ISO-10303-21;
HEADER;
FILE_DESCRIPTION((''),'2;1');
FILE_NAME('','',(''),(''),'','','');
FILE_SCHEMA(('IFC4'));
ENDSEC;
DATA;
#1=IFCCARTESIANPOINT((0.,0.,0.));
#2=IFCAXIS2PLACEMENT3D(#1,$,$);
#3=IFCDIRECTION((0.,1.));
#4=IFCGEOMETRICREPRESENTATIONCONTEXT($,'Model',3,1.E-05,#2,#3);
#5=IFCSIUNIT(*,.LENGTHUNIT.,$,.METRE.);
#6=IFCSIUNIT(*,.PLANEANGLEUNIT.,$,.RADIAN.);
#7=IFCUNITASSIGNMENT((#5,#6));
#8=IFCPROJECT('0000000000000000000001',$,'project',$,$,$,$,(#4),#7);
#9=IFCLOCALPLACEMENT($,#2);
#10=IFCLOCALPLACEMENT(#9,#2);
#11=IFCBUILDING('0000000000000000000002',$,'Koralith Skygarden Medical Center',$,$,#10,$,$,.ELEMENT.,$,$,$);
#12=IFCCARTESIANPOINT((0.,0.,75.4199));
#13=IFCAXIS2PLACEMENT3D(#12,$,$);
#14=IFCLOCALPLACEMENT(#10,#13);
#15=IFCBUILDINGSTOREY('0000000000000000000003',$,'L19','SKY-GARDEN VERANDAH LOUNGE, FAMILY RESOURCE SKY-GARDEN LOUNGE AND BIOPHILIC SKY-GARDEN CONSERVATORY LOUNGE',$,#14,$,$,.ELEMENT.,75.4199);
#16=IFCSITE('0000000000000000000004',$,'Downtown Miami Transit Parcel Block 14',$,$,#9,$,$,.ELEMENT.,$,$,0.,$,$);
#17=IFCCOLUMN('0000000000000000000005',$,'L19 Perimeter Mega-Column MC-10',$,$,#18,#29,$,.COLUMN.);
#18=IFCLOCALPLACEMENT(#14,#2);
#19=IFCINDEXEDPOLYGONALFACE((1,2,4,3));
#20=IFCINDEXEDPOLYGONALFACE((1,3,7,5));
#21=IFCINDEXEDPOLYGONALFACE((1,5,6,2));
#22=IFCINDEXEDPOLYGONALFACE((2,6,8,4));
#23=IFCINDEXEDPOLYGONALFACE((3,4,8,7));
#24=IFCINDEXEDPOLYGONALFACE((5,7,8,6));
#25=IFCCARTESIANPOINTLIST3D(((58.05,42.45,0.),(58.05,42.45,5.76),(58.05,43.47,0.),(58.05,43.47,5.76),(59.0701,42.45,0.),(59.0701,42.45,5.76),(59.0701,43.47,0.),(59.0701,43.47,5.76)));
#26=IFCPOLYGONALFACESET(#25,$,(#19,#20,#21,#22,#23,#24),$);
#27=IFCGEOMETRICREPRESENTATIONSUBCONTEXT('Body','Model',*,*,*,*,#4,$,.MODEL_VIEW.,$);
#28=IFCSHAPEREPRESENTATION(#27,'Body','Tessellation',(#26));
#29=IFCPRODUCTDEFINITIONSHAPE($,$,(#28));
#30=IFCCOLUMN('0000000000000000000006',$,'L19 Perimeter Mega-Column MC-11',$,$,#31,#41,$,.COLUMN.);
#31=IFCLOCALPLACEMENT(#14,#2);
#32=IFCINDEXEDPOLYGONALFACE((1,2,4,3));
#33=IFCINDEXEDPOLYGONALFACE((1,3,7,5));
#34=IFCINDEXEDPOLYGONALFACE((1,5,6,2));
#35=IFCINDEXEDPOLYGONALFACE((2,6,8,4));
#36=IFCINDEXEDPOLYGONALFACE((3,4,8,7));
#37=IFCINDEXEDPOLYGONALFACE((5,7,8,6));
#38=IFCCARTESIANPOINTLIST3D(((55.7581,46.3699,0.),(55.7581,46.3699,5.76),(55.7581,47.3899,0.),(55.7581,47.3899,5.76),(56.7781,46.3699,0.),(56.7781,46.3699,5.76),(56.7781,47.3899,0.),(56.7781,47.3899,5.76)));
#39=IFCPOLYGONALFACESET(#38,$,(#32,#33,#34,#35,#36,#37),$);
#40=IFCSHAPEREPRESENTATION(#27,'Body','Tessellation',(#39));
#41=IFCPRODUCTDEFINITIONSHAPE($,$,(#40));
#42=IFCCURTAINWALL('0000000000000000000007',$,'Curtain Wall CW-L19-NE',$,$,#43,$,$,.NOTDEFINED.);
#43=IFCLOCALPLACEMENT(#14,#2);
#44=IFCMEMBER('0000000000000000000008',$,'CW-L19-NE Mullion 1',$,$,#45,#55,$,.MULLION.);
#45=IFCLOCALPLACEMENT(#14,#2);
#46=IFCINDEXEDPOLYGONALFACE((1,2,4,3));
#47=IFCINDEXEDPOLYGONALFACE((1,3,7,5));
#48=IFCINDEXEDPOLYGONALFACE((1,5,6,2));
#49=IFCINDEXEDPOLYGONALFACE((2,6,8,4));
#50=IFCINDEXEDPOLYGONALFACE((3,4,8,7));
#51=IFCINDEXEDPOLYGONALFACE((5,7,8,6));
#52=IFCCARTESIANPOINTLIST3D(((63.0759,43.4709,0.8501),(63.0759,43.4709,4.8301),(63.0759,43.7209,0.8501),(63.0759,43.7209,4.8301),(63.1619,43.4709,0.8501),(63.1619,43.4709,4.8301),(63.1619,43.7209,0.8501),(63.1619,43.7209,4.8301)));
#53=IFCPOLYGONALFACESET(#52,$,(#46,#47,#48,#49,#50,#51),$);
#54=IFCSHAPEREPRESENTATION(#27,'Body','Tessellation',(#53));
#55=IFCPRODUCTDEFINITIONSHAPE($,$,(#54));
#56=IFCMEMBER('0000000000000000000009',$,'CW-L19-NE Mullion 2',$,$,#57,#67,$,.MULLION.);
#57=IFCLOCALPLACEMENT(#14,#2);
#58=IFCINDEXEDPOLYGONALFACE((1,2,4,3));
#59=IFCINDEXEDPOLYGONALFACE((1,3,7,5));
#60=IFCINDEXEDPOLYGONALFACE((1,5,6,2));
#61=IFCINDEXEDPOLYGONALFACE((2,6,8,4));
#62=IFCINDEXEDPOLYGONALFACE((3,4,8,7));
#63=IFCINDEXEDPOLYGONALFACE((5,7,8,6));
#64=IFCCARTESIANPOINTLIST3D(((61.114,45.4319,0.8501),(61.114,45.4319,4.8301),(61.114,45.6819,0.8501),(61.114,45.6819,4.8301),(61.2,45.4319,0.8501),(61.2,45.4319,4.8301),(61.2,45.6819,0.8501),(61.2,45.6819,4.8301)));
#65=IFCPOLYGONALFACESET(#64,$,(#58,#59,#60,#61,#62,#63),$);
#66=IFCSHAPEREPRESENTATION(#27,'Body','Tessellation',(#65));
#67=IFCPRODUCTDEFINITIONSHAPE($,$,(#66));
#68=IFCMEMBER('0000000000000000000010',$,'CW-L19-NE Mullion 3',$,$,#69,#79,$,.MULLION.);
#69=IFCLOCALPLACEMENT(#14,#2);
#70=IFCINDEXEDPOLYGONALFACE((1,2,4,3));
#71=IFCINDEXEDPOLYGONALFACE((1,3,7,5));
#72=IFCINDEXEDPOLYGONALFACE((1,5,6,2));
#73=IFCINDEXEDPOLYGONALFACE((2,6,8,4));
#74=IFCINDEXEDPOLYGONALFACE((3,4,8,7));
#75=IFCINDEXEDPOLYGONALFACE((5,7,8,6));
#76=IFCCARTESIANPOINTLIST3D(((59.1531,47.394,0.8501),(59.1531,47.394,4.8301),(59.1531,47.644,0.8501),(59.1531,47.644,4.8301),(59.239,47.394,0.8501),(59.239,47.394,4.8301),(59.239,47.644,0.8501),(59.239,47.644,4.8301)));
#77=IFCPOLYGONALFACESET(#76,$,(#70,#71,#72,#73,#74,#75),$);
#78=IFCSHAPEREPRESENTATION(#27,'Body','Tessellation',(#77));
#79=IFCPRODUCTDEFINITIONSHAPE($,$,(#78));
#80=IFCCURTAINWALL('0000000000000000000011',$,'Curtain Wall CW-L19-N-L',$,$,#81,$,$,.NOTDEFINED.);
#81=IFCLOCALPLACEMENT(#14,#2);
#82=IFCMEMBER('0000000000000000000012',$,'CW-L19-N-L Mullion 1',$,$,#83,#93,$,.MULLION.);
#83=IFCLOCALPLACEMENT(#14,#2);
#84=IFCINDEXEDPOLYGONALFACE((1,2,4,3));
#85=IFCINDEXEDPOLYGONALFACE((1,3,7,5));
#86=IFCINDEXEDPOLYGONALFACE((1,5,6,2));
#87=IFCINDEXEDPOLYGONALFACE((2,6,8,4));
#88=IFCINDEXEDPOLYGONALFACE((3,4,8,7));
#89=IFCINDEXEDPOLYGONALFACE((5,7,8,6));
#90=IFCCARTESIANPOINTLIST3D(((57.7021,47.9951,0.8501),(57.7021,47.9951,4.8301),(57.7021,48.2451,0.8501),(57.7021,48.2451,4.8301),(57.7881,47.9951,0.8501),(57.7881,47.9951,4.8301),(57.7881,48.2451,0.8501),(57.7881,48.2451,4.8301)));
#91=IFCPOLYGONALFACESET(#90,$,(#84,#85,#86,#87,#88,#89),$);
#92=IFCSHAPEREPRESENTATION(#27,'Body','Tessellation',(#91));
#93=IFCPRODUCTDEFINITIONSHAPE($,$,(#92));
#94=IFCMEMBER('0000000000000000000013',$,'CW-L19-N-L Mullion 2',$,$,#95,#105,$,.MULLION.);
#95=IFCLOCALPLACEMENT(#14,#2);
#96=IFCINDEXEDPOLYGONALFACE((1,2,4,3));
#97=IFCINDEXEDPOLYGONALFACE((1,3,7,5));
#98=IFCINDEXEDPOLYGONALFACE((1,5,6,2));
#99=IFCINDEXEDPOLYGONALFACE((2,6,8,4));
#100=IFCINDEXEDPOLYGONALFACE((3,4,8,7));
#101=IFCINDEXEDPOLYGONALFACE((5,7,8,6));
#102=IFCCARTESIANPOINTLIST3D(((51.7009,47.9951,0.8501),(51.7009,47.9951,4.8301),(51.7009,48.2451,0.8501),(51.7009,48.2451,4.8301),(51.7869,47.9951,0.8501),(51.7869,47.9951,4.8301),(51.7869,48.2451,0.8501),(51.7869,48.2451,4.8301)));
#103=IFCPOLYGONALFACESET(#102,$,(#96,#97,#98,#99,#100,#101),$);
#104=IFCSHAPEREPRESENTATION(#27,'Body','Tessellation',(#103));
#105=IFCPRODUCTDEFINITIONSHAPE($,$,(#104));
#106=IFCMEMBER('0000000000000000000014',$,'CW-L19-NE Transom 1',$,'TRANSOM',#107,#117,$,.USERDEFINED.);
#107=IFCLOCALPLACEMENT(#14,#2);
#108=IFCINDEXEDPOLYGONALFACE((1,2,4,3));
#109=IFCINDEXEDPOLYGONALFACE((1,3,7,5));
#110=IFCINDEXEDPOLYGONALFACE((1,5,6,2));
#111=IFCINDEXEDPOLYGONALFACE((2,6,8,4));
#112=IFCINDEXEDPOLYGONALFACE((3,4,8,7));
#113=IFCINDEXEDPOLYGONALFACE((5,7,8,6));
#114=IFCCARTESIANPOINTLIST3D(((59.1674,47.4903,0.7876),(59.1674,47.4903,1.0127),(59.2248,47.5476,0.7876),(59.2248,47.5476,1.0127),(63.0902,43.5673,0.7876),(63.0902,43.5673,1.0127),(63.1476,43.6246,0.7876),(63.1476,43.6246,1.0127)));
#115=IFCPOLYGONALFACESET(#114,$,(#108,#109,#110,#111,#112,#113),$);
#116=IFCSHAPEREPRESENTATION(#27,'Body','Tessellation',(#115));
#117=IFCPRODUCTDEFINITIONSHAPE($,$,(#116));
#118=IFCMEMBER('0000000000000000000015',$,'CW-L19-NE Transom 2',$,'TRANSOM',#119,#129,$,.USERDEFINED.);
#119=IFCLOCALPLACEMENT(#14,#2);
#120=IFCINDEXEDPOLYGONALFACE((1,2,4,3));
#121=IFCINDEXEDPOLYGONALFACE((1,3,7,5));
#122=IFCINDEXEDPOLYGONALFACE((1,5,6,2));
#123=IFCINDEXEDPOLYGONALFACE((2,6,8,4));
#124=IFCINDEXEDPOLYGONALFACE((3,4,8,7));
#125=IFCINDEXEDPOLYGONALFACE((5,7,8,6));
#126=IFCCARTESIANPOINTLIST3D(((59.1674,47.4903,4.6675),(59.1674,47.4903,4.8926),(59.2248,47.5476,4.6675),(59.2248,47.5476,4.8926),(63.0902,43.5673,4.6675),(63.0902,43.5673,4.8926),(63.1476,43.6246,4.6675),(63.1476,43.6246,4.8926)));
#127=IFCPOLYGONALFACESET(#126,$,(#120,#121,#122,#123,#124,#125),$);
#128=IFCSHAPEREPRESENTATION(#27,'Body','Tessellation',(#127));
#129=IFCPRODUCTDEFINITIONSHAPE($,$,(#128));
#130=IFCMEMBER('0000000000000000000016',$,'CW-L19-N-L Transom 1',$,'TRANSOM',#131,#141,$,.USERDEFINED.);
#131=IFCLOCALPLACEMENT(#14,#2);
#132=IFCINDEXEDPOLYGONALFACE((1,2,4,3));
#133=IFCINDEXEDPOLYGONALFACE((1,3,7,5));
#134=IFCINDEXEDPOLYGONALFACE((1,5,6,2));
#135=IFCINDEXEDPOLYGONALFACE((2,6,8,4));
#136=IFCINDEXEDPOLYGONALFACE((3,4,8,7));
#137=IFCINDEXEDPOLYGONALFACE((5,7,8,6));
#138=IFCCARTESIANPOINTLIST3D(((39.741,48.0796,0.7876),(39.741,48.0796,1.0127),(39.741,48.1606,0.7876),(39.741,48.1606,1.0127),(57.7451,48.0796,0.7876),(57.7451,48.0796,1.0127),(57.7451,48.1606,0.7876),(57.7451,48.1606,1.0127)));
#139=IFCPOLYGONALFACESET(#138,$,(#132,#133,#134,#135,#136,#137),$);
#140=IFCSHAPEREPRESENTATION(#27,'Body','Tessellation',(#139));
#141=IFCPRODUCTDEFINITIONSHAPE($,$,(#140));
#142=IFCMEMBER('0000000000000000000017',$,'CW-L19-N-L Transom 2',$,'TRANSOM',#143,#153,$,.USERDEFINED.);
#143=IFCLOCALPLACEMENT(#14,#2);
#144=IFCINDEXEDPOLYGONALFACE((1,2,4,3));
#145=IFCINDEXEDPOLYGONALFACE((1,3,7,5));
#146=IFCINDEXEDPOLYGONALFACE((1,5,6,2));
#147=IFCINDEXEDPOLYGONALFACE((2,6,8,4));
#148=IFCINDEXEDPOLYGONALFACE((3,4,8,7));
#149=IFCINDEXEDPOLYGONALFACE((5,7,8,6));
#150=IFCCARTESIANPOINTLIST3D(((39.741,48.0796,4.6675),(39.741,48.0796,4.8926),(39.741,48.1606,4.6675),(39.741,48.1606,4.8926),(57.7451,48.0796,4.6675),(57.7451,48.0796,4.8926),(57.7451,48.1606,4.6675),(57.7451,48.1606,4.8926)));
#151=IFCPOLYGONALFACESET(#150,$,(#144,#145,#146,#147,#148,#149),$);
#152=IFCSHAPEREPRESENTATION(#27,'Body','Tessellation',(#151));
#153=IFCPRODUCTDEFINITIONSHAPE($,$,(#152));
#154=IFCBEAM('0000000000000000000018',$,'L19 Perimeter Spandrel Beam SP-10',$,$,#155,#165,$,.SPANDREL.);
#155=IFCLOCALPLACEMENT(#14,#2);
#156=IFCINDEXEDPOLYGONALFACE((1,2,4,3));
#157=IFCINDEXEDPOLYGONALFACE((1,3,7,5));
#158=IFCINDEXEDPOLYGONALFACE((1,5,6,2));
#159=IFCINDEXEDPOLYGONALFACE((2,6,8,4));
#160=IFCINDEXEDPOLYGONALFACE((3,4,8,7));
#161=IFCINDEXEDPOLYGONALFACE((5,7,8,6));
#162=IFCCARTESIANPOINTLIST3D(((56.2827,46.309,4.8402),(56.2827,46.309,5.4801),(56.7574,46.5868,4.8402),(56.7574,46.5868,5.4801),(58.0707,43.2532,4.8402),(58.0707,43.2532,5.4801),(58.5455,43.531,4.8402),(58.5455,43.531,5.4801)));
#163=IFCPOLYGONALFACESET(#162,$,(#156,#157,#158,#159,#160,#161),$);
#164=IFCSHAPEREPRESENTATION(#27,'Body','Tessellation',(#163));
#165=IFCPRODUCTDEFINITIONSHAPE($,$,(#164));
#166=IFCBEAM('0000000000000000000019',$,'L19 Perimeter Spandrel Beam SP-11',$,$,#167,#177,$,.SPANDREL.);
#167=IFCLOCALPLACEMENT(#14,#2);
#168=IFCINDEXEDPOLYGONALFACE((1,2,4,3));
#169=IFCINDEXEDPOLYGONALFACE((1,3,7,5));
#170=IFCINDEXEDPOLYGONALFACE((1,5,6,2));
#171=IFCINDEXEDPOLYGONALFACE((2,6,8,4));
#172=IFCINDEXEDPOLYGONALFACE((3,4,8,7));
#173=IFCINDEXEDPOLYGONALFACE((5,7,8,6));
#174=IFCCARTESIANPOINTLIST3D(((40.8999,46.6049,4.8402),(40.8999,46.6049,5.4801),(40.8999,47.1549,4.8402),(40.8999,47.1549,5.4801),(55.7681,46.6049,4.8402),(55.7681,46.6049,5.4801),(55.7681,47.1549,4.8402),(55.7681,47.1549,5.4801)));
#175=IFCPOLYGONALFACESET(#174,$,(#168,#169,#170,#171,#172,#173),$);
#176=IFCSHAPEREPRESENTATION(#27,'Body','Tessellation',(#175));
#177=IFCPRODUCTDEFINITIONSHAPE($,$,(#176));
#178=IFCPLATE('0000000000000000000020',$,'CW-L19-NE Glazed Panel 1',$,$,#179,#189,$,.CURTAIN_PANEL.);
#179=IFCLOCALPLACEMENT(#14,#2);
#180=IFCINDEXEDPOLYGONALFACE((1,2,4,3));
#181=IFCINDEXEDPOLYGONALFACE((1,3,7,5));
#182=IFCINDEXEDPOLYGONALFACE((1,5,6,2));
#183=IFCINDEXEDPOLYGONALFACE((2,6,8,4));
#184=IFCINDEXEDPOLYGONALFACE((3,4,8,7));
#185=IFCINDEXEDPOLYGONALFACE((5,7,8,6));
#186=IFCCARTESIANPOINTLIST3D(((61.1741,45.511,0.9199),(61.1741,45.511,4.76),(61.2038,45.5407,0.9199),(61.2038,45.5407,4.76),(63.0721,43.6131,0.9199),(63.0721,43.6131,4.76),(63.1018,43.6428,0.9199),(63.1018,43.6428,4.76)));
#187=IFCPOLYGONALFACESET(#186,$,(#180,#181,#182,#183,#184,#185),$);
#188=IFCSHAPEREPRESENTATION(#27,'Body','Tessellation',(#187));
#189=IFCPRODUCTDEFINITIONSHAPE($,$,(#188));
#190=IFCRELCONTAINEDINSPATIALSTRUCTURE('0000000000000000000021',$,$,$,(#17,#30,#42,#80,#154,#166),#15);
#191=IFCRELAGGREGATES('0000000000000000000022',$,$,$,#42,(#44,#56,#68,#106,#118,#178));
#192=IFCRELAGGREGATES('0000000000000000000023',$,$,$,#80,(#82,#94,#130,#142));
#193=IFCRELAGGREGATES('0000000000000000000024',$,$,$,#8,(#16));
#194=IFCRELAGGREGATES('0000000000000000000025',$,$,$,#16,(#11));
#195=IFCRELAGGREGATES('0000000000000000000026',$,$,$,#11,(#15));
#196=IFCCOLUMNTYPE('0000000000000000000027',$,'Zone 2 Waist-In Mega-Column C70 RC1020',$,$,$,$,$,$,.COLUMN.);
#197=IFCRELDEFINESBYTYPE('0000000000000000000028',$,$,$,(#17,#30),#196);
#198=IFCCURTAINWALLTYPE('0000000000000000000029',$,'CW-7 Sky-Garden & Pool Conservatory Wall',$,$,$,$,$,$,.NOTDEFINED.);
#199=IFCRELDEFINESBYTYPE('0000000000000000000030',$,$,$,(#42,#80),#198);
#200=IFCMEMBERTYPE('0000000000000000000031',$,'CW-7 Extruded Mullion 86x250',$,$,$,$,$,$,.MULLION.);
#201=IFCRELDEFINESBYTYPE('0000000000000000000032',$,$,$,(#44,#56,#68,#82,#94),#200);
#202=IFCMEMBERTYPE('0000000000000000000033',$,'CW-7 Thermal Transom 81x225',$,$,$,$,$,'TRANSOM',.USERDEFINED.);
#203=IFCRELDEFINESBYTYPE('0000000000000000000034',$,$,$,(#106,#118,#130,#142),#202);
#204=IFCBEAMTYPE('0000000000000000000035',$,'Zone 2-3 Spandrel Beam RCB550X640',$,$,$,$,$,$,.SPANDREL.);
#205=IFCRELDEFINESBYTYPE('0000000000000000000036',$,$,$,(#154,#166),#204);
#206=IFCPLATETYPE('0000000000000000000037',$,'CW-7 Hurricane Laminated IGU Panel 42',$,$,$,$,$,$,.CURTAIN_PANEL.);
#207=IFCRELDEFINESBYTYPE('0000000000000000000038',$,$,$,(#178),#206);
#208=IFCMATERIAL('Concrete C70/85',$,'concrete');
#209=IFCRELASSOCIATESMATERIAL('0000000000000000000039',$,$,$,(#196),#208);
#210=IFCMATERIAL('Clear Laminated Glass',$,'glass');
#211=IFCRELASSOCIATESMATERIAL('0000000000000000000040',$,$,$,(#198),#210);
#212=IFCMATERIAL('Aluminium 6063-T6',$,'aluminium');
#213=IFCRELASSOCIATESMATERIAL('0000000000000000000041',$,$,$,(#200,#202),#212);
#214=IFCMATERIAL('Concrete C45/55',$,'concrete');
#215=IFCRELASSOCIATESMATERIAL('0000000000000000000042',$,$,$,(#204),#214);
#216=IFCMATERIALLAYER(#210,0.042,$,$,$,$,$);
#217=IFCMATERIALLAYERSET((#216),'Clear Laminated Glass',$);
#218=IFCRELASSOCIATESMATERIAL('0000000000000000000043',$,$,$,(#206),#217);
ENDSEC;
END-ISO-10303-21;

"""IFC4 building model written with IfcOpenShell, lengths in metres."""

from ifc_helpers import new_model, si_unit, direction, frame, origin, origin_2d, place, context, subcontext, project, spatial, rectangle, extrude, material, layer, layer_set, material_profile, profile_set, type_object, element, aggregate, save


model = new_model("IFC4")

# Units and contexts
model_context = context("Model", 3, precision=1e-05, world=origin(), true_north=direction((0.0, 1.0)))
body_context = subcontext(model_context, "Body", "Model", "MODEL_VIEW")
ifc_project = project(units=[si_unit("LENGTHUNIT", "METRE"), si_unit("PLANEANGLEUNIT", "RADIAN")], contexts=[model_context])

# Site, building, storey
site_placement = place(None, origin())
site = spatial("IfcSite", under=ifc_project, at=site_placement, Name="Downtown Miami Transit Parcel Block 14", CompositionType="ELEMENT", RefElevation=0.0)
building_placement = place(site_placement, origin())
building = spatial("IfcBuilding", under=site, at=building_placement, Name="Koralith Skygarden Medical Center", CompositionType="ELEMENT")
storey_placement = place(building_placement, frame((0.0, 0.0, 75.4199)))
storey = spatial("IfcBuildingStorey", under=building, at=storey_placement, Name="L19", Description="SKY-GARDEN VERANDAH LOUNGE, FAMILY RESOURCE SKY-GARDEN LOUNGE AND BIOPHILIC SKY-GARDEN CONSERVATORY LOUNGE", CompositionType="ELEMENT", Elevation=75.4199)

# Columns
ifc_material_1 = material(Name="Concrete C70/85", Category="concrete")
ifc_material_profile_1 = material_profile(ifc_material_1, rectangle(XDim=1.02, YDim=1.02, at=origin_2d()), Name="RC1020X1020")
ifc_profile_set_1 = profile_set([ifc_material_profile_1], Name="Concrete C70/85")
column_type = type_object("IfcColumnType", Name="Zone 2 Waist-In Mega-Column C70 RC1020", PredefinedType="COLUMN", material=ifc_profile_set_1)
for number, where, z_axis, x_axis, name in (
    (1, (58.5601, 42.96, 0.0), (0.0, 0.0, 1.0), (1.0, 0.0, 0.0), "L19 Perimeter Mega-Column MC-10"),
    (2, (56.2681, 46.8799, 0.0), (0.0, 0.0, 1.0), (1.0, 0.0, 0.0), "L19 Perimeter Mega-Column MC-11"),
):
    element("IfcColumn", number, at=place(storey_placement, frame(where, z_axis=z_axis, x_axis=x_axis)), inside=storey, type_object=column_type, Name=name, PredefinedType="COLUMN", context=body_context, shape_type="SweptSolid", body=[
        extrude(rectangle(XDim=1.02, YDim=1.02, at=origin_2d()), origin(), (0.0, 0.0, 1.0), 5.76),
    ])

# Curtain walls, members
ifc_material_2 = material(Name="Clear Laminated Glass", Category="glass")
curtain_wall_type = type_object("IfcCurtainWallType", Name="CW-7 Sky-Garden & Pool Conservatory Wall", PredefinedType="NOTDEFINED", material=ifc_material_2)
curtain_wall_1_placement = place(storey_placement, origin())
curtain_wall_1 = element("IfcCurtainWall", 3, at=curtain_wall_1_placement, inside=storey, type_object=curtain_wall_type, Name="Curtain Wall CW-L19-NE", PredefinedType="NOTDEFINED")
ifc_material_3 = material(Name="Aluminium 6063-T6", Category="aluminium")
ifc_material_profile_2 = material_profile(ifc_material_3, rectangle(XDim=0.0859, YDim=0.25, at=origin_2d()), Name="MUL86X250")
ifc_profile_set_2 = profile_set([ifc_material_profile_2], Name="Aluminium 6063-T6")
member_type_1 = type_object("IfcMemberType", Name="CW-7 Extruded Mullion 86x250", PredefinedType="MULLION", material=ifc_profile_set_2)
member_1_placement = place(storey_placement, frame((63.1189, 43.5959, 0.8501), z_axis=(0.0, 0.0, 1.0), x_axis=(1.0, 0.0, 0.0)))
member_1 = element("IfcMember", 4, at=member_1_placement, type_object=member_type_1, Name="CW-L19-NE Mullion 1", PredefinedType="MULLION", context=body_context, shape_type="SweptSolid", body=[
    extrude(rectangle(XDim=0.0859, YDim=0.25, at=origin_2d()), origin(), (0.0, 0.0, 1.0), 3.98),
])
member_2_placement = place(storey_placement, frame((61.157, 45.5569, 0.8501), z_axis=(0.0, 0.0, 1.0), x_axis=(1.0, 0.0, 0.0)))
member_2 = element("IfcMember", 5, at=member_2_placement, type_object=member_type_1, Name="CW-L19-NE Mullion 2", PredefinedType="MULLION", context=body_context, shape_type="SweptSolid", body=[
    extrude(rectangle(XDim=0.0859, YDim=0.25, at=origin_2d()), origin(), (0.0, 0.0, 1.0), 3.98),
])
member_3_placement = place(storey_placement, frame((59.196, 47.519, 0.8501), z_axis=(0.0, 0.0, 1.0), x_axis=(1.0, 0.0, 0.0)))
member_3 = element("IfcMember", 6, at=member_3_placement, type_object=member_type_1, Name="CW-L19-NE Mullion 3", PredefinedType="MULLION", context=body_context, shape_type="SweptSolid", body=[
    extrude(rectangle(XDim=0.0859, YDim=0.25, at=origin_2d()), origin(), (0.0, 0.0, 1.0), 3.98),
])
curtain_wall_2_placement = place(storey_placement, origin())
curtain_wall_2 = element("IfcCurtainWall", 7, at=curtain_wall_2_placement, inside=storey, type_object=curtain_wall_type, Name="Curtain Wall CW-L19-N-L", PredefinedType="NOTDEFINED")
member_4_placement = place(storey_placement, frame((57.7451, 48.1201, 0.8501), z_axis=(0.0, 0.0, 1.0), x_axis=(1.0, 0.0, 0.0)))
member_4 = element("IfcMember", 8, at=member_4_placement, type_object=member_type_1, Name="CW-L19-N-L Mullion 1", PredefinedType="MULLION", context=body_context, shape_type="SweptSolid", body=[
    extrude(rectangle(XDim=0.0859, YDim=0.25, at=origin_2d()), origin(), (0.0, 0.0, 1.0), 3.98),
])
member_5_placement = place(storey_placement, frame((51.7439, 48.1201, 0.8501), z_axis=(0.0, 0.0, 1.0), x_axis=(1.0, 0.0, 0.0)))
member_5 = element("IfcMember", 9, at=member_5_placement, type_object=member_type_1, Name="CW-L19-N-L Mullion 2", PredefinedType="MULLION", context=body_context, shape_type="SweptSolid", body=[
    extrude(rectangle(XDim=0.0859, YDim=0.25, at=origin_2d()), origin(), (0.0, 0.0, 1.0), 3.98),
])

# Members
ifc_material_profile_3 = material_profile(ifc_material_3, rectangle(XDim=0.0811, YDim=0.2251, at=origin_2d()), Name="TRN81X225")
ifc_profile_set_3 = profile_set([ifc_material_profile_3], Name="Aluminium 6063-T6")
member_type_2 = type_object("IfcMemberType", Name="CW-7 Thermal Transom 81x225", ElementType="TRANSOM", PredefinedType="USERDEFINED", material=ifc_profile_set_3)
member_6_placement = place(storey_placement, frame((63.1189, 43.5959, 0.9001), z_axis=(-0.707085, 0.707129, 0.0), x_axis=(-0.707129, -0.707085, 0.0)))
member_6 = element("IfcMember", 10, at=member_6_placement, type_object=member_type_2, Name="CW-L19-NE Transom 1", ObjectType="TRANSOM", PredefinedType="USERDEFINED", context=body_context, shape_type="SweptSolid", body=[
    extrude(rectangle(XDim=0.0811, YDim=0.2251, at=origin_2d()), origin(), (0.0, 0.0, 1.0), 5.5479),
])
member_7_placement = place(storey_placement, frame((63.1189, 43.5959, 4.78), z_axis=(-0.707085, 0.707129, 0.0), x_axis=(-0.707129, -0.707085, 0.0)))
member_7 = element("IfcMember", 11, at=member_7_placement, type_object=member_type_2, Name="CW-L19-NE Transom 2", ObjectType="TRANSOM", PredefinedType="USERDEFINED", context=body_context, shape_type="SweptSolid", body=[
    extrude(rectangle(XDim=0.0811, YDim=0.2251, at=origin_2d()), origin(), (0.0, 0.0, 1.0), 5.5479),
])
member_8_placement = place(storey_placement, frame((57.7451, 48.1201, 0.9001), z_axis=(-1.0, 0.0, 0.0), x_axis=(0.0, -1.0, 0.0)))
member_8 = element("IfcMember", 12, at=member_8_placement, type_object=member_type_2, Name="CW-L19-N-L Transom 1", ObjectType="TRANSOM", PredefinedType="USERDEFINED", context=body_context, shape_type="SweptSolid", body=[
    extrude(rectangle(XDim=0.0811, YDim=0.2251, at=origin_2d()), origin(), (0.0, 0.0, 1.0), 18.0042),
])
member_9_placement = place(storey_placement, frame((57.7451, 48.1201, 4.78), z_axis=(-1.0, 0.0, 0.0), x_axis=(0.0, -1.0, 0.0)))
member_9 = element("IfcMember", 13, at=member_9_placement, type_object=member_type_2, Name="CW-L19-N-L Transom 2", ObjectType="TRANSOM", PredefinedType="USERDEFINED", context=body_context, shape_type="SweptSolid", body=[
    extrude(rectangle(XDim=0.0811, YDim=0.2251, at=origin_2d()), origin(), (0.0, 0.0, 1.0), 18.0042),
])

# Beams
ifc_material_4 = material(Name="Concrete C45/55", Category="concrete")
ifc_material_profile_4 = material_profile(ifc_material_4, rectangle(XDim=0.55, YDim=0.6399, at=origin_2d()), Name="RCB550X640")
ifc_profile_set_4 = profile_set([ifc_material_profile_4], Name="Concrete C45/55")
beam_type = type_object("IfcBeamType", Name="Zone 2-3 Spandrel Beam RCB550X640", PredefinedType="SPANDREL", material=ifc_profile_set_4)
beam_1_placement = place(storey_placement, frame((58.3081, 43.3921, 5.1602), z_axis=(-0.505024, 0.863105, 0.0), x_axis=(-0.863105, -0.505024, 0.0)))
element("IfcBeam", 14, at=beam_1_placement, inside=storey, type_object=beam_type, Name="L19 Perimeter Spandrel Beam SP-10", PredefinedType="SPANDREL", context=body_context, shape_type="SweptSolid", body=[
    extrude(rectangle(XDim=0.55, YDim=0.6399, at=origin_2d()), origin(), (0.0, 0.0, 1.0), 3.5405),
])
beam_2_placement = place(storey_placement, frame((55.7681, 46.8799, 5.1602), z_axis=(-1.0, 0.0, 0.0), x_axis=(0.0, -1.0, 0.0)))
element("IfcBeam", 15, at=beam_2_placement, inside=storey, type_object=beam_type, Name="L19 Perimeter Spandrel Beam SP-11", PredefinedType="SPANDREL", context=body_context, shape_type="SweptSolid", body=[
    extrude(rectangle(XDim=0.55, YDim=0.6399, at=origin_2d()), origin(), (0.0, 0.0, 1.0), 14.8682),
])

# Plate
ifc_layer_1 = layer(ifc_material_2, 0.042)
ifc_layer_set_1 = layer_set([ifc_layer_1], Name="Clear Laminated Glass")
plate_type_1 = type_object("IfcPlateType", Name="CW-7 Hurricane Laminated IGU Panel 42", PredefinedType="CURTAIN_PANEL", material=ifc_layer_set_1)
plate_1_placement = place(storey_placement, frame((62.1379, 44.5769, 0.9199), z_axis=(0.0, 0.0, 1.0), x_axis=(-0.707107, 0.707107, 0.0)))
plate_1 = element("IfcPlate", 16, at=plate_1_placement, type_object=plate_type_1, Name="CW-L19-NE Glazed Panel 1", PredefinedType="CURTAIN_PANEL", context=body_context, shape_type="SweptSolid", body=[
    extrude(rectangle(XDim=2.6841, YDim=0.042, at=origin_2d()), origin(), (0.0, 0.0, 1.0), 3.8401),
])
aggregate(curtain_wall_1, [member_1, member_2, member_3, member_6, member_7, plate_1])
aggregate(curtain_wall_2, [member_4, member_5, member_8, member_9])

save(model, "model.ifc")
